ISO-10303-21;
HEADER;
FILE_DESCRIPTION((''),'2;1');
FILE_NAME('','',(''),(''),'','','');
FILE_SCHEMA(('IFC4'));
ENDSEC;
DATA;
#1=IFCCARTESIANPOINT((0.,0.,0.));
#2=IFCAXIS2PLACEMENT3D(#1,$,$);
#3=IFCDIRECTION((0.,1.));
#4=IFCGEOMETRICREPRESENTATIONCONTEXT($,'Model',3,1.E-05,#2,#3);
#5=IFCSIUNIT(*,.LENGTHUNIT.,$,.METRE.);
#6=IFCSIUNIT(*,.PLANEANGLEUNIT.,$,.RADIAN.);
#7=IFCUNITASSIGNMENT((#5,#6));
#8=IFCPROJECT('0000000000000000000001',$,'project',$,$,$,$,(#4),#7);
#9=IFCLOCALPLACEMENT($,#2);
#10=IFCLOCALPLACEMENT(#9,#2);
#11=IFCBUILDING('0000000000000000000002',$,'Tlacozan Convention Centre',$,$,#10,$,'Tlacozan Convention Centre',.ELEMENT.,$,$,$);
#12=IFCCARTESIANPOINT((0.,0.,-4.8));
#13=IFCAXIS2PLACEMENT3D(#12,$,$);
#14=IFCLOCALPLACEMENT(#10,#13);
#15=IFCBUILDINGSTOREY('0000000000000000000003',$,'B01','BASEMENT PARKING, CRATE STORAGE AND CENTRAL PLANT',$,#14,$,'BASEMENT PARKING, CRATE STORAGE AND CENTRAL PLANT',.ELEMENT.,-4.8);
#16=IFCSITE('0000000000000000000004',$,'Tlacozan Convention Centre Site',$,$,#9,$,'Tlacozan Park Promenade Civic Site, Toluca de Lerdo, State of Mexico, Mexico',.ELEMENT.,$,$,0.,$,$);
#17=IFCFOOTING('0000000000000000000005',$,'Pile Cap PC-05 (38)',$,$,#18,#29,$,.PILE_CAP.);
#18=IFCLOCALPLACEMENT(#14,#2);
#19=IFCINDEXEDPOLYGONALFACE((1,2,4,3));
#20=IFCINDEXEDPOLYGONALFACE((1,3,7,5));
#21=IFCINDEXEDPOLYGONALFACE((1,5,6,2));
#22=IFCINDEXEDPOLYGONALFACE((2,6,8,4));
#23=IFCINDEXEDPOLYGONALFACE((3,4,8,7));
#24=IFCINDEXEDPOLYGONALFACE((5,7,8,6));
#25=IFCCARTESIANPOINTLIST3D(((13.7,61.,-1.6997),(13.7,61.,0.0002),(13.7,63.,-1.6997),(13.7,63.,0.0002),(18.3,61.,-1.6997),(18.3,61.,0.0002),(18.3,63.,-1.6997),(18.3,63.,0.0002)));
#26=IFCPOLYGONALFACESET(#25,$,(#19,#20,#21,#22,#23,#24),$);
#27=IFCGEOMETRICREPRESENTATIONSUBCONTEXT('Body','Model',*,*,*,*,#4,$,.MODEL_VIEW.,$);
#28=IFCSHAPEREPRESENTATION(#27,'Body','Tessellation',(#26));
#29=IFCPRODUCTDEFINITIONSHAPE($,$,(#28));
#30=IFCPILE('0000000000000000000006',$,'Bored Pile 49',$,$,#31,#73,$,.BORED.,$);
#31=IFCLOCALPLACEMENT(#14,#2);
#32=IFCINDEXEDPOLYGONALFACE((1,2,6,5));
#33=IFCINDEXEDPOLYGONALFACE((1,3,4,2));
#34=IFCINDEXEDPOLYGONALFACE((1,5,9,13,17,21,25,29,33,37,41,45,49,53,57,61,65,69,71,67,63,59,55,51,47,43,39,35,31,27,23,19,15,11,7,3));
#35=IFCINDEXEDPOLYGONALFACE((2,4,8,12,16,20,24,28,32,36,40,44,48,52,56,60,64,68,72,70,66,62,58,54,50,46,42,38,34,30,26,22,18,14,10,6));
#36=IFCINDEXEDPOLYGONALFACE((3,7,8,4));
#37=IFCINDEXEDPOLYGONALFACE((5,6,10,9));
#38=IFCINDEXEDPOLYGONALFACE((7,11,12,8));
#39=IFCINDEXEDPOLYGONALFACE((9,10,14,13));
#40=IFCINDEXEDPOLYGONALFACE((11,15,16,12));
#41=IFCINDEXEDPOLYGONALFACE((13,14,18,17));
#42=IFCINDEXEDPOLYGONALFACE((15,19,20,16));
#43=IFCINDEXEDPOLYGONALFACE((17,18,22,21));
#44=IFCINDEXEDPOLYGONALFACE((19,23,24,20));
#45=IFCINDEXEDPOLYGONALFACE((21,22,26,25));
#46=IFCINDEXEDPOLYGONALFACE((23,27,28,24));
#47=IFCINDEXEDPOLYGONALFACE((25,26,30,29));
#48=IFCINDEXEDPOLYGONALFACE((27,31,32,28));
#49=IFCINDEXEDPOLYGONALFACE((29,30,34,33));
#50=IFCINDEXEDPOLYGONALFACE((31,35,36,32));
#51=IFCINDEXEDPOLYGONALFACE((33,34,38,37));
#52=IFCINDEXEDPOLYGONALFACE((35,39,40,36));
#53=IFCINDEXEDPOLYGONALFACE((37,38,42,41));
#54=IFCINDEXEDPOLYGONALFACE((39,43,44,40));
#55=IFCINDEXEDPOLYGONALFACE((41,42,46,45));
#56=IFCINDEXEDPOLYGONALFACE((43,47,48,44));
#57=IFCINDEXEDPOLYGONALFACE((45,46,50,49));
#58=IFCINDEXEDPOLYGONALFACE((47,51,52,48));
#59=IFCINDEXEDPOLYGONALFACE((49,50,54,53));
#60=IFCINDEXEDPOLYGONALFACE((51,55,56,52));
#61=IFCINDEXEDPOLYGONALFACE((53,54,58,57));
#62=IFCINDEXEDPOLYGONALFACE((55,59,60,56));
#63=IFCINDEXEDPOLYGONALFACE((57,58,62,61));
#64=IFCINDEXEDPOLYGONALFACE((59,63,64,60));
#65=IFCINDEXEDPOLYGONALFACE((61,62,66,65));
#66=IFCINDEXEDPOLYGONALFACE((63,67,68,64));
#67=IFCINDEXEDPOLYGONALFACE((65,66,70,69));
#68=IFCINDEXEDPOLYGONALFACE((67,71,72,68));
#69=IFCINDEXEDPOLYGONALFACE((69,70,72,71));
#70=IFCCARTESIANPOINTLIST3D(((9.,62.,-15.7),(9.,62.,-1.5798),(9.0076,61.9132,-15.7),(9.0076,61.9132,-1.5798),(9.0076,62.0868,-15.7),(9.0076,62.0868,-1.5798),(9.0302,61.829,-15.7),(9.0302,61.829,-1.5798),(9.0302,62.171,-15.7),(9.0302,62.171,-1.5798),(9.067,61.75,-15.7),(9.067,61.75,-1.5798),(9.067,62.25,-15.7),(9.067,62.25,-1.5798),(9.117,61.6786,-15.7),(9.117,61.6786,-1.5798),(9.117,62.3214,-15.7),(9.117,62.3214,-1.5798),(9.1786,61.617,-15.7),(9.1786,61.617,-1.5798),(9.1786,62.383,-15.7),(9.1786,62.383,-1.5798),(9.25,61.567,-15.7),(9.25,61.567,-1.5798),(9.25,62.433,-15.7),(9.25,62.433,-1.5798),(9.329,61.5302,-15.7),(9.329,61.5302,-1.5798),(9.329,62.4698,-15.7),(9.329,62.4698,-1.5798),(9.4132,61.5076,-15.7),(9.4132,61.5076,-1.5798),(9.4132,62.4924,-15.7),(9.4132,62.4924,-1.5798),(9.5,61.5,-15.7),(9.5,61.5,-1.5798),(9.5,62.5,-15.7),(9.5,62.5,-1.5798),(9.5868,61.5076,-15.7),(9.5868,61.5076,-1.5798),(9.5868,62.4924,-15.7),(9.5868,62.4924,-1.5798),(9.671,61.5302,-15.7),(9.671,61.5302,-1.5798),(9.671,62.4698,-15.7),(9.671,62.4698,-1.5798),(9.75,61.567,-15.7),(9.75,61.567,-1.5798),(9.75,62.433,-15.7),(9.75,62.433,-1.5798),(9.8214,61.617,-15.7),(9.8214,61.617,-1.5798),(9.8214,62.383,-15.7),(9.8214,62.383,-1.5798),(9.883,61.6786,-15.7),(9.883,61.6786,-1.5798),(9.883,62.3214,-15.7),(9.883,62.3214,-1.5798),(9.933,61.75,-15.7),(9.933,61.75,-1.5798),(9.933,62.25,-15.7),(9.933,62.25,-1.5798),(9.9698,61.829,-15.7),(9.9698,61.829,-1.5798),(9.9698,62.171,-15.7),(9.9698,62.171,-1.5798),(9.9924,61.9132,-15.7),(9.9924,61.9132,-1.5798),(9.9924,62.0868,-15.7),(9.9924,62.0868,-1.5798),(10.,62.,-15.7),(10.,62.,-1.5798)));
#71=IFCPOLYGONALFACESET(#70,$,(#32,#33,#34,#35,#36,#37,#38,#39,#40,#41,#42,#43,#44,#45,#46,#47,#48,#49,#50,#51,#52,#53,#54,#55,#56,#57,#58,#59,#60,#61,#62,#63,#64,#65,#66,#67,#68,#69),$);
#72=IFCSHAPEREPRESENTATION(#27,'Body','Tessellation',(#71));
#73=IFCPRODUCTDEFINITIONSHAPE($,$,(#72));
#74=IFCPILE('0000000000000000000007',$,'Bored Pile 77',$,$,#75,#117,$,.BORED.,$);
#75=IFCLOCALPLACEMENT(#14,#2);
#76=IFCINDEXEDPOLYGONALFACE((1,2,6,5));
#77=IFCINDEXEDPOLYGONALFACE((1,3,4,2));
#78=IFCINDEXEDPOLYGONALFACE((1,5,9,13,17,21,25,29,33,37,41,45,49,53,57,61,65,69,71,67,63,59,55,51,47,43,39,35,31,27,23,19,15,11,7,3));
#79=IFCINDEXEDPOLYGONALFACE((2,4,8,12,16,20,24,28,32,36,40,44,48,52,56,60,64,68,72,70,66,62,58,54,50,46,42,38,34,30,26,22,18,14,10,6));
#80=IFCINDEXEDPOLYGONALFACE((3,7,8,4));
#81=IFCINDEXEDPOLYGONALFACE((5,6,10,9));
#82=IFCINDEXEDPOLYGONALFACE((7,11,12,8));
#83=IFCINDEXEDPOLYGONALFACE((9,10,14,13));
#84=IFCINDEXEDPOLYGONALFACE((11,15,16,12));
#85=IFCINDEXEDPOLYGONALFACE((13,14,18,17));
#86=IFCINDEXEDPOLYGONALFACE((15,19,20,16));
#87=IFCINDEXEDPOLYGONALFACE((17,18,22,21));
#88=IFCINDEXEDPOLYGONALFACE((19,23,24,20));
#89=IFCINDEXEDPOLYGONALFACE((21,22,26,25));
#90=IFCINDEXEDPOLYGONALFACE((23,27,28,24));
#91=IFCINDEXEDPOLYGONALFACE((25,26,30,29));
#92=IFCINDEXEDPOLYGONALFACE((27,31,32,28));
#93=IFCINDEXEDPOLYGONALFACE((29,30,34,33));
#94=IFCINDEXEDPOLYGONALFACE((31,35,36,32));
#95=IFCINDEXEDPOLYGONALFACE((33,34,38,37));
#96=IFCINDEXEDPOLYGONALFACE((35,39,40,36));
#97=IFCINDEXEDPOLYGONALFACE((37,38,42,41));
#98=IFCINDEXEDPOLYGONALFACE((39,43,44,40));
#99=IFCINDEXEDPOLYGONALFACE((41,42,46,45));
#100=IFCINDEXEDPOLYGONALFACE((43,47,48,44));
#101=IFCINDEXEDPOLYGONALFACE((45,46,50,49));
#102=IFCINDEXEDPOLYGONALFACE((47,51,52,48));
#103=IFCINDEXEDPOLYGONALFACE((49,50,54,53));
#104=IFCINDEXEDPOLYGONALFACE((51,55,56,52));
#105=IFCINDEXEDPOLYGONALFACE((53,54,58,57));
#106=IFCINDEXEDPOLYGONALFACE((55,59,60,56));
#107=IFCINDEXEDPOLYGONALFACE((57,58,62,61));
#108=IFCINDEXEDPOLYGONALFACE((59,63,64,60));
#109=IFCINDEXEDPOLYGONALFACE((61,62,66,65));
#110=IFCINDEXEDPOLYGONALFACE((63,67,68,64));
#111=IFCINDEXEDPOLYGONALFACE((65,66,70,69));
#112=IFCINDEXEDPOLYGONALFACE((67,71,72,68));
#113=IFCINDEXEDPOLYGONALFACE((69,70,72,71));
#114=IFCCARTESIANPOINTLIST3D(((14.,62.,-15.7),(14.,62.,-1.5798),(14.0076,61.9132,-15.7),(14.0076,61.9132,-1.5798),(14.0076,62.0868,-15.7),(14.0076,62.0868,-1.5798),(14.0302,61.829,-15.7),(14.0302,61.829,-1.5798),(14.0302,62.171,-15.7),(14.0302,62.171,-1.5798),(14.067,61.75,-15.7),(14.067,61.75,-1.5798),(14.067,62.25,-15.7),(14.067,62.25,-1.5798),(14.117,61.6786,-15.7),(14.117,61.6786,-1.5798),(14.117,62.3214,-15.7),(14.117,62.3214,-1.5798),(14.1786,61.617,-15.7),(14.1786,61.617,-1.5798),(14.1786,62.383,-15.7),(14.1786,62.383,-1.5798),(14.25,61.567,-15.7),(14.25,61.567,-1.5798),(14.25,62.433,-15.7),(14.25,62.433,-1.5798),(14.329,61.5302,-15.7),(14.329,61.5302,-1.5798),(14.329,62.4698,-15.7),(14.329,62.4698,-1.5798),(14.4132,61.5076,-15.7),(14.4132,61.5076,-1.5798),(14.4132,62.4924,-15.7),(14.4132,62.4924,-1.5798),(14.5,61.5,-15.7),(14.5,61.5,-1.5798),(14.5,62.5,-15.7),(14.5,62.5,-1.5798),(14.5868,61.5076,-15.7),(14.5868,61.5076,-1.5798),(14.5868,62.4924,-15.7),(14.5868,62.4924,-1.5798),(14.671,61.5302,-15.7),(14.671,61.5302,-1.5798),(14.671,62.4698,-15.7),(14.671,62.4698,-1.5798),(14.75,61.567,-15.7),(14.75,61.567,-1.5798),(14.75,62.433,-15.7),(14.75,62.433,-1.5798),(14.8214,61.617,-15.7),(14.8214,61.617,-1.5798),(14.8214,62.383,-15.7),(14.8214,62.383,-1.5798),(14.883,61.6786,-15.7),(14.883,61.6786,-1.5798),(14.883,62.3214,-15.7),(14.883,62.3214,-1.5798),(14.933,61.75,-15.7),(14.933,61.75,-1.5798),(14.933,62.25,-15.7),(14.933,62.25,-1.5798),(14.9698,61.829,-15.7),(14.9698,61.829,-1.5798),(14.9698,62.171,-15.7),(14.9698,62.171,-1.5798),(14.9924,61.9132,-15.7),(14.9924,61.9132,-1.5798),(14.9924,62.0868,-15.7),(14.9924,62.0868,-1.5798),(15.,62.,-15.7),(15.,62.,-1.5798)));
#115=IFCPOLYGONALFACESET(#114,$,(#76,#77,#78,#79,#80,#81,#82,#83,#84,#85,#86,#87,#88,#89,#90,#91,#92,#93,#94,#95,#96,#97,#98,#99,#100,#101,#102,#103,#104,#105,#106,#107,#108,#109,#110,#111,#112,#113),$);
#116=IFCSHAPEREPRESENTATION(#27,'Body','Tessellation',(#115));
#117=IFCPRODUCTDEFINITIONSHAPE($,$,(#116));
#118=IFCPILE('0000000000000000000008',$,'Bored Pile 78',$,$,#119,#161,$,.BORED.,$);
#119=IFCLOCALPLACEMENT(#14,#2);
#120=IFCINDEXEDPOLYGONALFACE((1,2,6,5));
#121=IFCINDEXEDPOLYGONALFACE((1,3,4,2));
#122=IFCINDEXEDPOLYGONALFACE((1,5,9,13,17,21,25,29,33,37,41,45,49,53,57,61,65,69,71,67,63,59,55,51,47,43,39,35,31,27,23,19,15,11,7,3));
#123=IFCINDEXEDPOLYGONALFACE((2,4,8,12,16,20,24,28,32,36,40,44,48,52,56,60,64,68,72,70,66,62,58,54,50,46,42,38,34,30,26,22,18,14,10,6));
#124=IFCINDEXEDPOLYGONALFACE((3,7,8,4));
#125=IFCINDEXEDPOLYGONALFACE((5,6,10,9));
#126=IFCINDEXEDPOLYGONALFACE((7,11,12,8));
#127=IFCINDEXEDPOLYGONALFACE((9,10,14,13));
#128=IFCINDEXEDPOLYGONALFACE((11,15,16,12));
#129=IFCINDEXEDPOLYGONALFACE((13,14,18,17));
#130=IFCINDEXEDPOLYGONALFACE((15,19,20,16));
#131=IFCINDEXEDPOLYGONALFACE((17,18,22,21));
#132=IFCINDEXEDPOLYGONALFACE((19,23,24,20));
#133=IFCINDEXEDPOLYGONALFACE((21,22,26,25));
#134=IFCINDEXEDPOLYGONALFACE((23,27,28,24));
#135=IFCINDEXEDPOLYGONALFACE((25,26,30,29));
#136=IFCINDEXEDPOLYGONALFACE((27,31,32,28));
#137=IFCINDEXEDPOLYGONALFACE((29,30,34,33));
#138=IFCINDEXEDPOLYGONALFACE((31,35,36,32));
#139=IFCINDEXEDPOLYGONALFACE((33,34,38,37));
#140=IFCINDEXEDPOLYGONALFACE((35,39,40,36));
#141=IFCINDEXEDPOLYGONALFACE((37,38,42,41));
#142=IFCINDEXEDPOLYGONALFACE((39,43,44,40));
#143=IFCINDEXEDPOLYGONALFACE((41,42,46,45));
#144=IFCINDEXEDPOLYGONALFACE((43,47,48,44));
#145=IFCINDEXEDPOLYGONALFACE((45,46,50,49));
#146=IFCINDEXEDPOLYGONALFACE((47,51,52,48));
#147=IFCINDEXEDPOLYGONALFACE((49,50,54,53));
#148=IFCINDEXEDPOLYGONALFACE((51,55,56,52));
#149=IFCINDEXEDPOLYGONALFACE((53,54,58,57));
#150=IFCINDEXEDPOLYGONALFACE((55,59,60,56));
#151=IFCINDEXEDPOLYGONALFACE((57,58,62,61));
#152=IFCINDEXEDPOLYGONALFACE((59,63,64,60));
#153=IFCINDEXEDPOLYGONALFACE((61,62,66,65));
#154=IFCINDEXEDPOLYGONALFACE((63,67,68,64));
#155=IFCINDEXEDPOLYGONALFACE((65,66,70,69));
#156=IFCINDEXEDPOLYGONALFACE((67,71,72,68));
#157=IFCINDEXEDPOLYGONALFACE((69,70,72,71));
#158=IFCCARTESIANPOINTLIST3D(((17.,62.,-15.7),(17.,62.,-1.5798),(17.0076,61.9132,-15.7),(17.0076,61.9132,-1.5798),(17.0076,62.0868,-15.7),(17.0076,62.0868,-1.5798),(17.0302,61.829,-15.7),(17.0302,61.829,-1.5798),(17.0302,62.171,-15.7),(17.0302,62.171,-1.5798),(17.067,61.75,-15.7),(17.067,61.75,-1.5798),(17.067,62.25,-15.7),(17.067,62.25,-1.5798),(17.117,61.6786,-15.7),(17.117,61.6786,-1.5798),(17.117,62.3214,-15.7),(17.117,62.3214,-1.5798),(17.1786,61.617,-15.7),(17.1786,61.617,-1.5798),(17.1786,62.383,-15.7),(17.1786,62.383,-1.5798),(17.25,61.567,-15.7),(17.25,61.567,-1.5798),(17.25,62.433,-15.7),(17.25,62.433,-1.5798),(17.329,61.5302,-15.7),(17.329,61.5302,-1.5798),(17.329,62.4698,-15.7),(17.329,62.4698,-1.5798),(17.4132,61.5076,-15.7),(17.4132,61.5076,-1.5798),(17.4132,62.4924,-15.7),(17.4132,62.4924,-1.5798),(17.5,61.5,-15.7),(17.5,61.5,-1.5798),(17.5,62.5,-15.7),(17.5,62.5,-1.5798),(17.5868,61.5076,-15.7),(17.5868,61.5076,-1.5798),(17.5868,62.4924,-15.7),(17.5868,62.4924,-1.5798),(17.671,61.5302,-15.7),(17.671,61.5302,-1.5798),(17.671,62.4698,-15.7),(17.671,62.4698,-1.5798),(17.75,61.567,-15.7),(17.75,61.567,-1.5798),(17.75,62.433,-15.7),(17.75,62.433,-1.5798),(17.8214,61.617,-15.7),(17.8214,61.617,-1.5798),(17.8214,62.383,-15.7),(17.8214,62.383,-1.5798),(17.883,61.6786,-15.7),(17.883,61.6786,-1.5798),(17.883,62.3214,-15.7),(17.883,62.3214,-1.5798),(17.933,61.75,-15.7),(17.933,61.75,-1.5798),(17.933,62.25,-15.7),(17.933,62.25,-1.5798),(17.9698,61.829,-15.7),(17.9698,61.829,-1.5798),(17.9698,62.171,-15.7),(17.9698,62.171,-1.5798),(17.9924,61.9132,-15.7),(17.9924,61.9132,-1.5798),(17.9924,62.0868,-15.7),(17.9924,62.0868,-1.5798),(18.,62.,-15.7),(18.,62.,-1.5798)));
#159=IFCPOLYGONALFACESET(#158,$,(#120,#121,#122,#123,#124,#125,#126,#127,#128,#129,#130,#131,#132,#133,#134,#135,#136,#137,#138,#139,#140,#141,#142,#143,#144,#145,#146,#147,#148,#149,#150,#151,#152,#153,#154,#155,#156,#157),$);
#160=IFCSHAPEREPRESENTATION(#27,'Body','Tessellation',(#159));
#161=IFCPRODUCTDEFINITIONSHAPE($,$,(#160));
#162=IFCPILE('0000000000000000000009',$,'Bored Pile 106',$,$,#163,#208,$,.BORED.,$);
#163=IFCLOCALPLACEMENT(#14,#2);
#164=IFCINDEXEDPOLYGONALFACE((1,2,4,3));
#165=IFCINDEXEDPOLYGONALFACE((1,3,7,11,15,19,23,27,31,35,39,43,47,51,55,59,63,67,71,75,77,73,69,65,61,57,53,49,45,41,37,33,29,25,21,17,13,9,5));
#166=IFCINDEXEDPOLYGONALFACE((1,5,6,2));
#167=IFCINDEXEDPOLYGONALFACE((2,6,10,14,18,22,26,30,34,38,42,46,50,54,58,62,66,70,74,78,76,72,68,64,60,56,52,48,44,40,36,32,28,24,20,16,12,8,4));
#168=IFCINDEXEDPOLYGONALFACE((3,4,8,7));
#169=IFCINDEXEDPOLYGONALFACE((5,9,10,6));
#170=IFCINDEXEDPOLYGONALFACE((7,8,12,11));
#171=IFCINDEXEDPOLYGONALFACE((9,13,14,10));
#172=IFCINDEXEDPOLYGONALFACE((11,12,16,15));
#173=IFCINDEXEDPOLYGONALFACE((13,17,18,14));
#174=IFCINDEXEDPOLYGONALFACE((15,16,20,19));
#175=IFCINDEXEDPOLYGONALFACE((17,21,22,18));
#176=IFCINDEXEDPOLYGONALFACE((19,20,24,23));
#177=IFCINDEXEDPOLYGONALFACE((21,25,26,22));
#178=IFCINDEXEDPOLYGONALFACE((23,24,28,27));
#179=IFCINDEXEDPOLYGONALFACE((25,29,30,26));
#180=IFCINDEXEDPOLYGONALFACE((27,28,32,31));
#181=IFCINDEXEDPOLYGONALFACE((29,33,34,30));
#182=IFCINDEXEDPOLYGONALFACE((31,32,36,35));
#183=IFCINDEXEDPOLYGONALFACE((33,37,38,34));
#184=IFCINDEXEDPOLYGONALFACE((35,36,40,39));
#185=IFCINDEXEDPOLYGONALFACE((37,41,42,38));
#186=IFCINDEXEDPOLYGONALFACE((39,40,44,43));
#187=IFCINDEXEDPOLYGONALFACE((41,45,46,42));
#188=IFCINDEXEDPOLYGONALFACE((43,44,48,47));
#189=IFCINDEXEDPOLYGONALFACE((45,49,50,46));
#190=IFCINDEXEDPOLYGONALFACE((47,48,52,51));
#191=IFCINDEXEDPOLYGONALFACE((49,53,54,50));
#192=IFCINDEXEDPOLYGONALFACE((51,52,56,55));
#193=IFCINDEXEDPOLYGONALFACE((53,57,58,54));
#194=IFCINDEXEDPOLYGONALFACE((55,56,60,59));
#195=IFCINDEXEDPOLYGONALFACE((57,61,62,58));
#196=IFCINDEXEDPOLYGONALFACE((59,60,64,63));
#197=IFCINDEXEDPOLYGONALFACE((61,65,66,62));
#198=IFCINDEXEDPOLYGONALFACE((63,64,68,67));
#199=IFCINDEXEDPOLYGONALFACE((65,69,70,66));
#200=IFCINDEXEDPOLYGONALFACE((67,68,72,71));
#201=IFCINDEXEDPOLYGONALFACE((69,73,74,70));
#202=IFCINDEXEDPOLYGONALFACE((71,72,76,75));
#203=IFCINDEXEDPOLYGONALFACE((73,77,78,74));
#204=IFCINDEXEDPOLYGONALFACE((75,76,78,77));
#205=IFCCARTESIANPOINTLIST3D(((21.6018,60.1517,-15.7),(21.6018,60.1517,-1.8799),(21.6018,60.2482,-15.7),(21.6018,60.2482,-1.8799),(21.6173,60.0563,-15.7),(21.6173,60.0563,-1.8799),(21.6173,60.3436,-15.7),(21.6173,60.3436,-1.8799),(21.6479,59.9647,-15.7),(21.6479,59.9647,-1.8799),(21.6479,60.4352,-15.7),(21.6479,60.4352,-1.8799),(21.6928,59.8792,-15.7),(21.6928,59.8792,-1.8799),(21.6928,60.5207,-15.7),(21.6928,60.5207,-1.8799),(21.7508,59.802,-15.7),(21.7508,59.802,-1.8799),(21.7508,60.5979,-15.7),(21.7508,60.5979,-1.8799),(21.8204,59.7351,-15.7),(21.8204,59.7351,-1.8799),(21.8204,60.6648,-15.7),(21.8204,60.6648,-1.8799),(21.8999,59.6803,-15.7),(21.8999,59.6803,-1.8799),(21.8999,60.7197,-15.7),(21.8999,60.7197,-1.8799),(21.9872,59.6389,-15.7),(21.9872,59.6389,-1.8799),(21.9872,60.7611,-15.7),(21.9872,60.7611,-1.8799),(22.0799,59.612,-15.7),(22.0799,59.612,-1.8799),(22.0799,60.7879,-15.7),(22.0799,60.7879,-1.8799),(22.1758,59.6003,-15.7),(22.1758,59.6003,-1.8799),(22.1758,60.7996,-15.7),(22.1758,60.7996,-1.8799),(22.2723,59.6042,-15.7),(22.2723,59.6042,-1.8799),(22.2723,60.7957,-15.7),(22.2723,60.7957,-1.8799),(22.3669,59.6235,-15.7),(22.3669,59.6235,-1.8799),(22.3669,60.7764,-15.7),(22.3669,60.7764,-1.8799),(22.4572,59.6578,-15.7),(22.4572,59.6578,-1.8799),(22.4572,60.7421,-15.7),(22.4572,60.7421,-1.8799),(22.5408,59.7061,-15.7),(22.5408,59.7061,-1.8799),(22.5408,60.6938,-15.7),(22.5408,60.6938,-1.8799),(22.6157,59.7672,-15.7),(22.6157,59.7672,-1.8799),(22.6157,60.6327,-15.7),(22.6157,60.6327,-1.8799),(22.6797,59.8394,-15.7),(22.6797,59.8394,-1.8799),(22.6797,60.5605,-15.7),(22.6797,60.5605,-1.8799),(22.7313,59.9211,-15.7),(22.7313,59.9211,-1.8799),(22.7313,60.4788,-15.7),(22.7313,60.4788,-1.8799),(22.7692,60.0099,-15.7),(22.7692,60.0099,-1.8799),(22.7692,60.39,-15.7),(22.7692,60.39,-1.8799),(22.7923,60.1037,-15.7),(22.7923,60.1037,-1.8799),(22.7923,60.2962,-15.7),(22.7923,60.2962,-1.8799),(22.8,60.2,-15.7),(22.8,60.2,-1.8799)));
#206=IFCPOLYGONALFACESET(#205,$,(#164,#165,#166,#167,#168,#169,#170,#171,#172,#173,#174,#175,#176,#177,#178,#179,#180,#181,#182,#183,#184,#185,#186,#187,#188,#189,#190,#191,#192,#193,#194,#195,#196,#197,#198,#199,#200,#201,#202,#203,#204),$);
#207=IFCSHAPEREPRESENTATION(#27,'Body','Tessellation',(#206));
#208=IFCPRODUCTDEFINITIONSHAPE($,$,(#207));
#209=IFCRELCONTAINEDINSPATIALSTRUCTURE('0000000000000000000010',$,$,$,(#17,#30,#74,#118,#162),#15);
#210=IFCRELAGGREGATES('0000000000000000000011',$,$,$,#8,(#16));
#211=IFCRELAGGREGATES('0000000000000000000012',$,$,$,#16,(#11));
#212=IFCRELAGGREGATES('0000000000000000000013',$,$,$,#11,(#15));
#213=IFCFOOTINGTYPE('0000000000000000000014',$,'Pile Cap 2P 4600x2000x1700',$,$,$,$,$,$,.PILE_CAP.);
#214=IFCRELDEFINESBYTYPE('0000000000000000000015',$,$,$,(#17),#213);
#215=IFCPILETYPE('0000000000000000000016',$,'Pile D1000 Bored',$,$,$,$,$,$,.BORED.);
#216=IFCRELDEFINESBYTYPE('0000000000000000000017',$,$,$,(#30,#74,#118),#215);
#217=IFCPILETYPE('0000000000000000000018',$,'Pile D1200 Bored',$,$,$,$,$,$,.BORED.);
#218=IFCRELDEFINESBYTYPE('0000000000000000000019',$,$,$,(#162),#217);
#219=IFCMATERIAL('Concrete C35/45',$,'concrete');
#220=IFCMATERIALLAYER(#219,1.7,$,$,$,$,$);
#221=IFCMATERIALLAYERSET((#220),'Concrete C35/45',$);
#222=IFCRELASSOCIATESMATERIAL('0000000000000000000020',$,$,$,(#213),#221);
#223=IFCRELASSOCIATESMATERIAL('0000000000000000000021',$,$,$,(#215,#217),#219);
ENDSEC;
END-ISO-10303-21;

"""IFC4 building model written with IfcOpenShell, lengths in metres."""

from ifc_helpers import new_model, si_unit, direction, frame, origin, origin_2d, place, context, subcontext, project, spatial, rectangle, circle, extrude, material, layer, layer_set, material_profile, profile_set, type_object, element, save


model = new_model("IFC4")

# Units and contexts
model_context = context("Model", 3, precision=1e-05, world=origin(), true_north=direction((0.0, 1.0)))
body_context = subcontext(model_context, "Body", "Model", "MODEL_VIEW")
ifc_project = project(units=[si_unit("LENGTHUNIT", "METRE"), si_unit("PLANEANGLEUNIT", "RADIAN")], contexts=[model_context])

# Site, building, storey
site_placement = place(None, origin())
site = spatial("IfcSite", under=ifc_project, at=site_placement, Name="Tlacozan Convention Centre Site", LongName="Tlacozan Park Promenade Civic Site, Toluca de Lerdo, State of Mexico, Mexico", CompositionType="ELEMENT", RefElevation=0.0)
building_placement = place(site_placement, origin())
building = spatial("IfcBuilding", under=site, at=building_placement, Name="Tlacozan Convention Centre", LongName="Tlacozan Convention Centre", CompositionType="ELEMENT")
storey_placement = place(building_placement, frame((0.0, 0.0, -4.8)))
storey = spatial("IfcBuildingStorey", under=building, at=storey_placement, Name="B01", Description="BASEMENT PARKING, CRATE STORAGE AND CENTRAL PLANT", LongName="BASEMENT PARKING, CRATE STORAGE AND CENTRAL PLANT", CompositionType="ELEMENT", Elevation=-4.8)

# Footing
ifc_material_1 = material(Name="Concrete C35/45", Category="concrete")
ifc_layer_1 = layer(ifc_material_1, 1.7)
ifc_layer_set_1 = layer_set([ifc_layer_1], Name="Concrete C35/45")
footing_type = type_object("IfcFootingType", Name="Pile Cap 2P 4600x2000x1700", PredefinedType="PILE_CAP", material=ifc_layer_set_1)
footing_placement = place(storey_placement, frame((16.0, 62.0, -1.6997), z_axis=(0.0, 0.0, 1.0), x_axis=(1.0, 0.0, 0.0)))
element("IfcFooting", 1, at=footing_placement, inside=storey, type_object=footing_type, Name="Pile Cap PC-05 (38)", PredefinedType="PILE_CAP", context=body_context, shape_type="SweptSolid", body=[
    extrude(rectangle(XDim=4.6001, YDim=2.0, at=origin_2d()), origin(), (0.0, 0.0, 1.0), 1.7),
])

# Piles
ifc_material_profile_1 = material_profile(ifc_material_1, circle(Radius=0.5, at=origin_2d()), Name="PILE D1000")
ifc_profile_set_1 = profile_set([ifc_material_profile_1], Name="Concrete C35/45")
pile_type_1 = type_object("IfcPileType", Name="Pile D1000 Bored", PredefinedType="BORED", material=ifc_profile_set_1)
for number, where, z_axis, x_axis, name in (
    (2, (9.5, 62.0, -1.5798), (0.0, 0.0, -1.0), (1.0, 0.0, 0.0), "Bored Pile 49"),
    (3, (14.5, 62.0, -1.5798), (0.0, 0.0, -1.0), (1.0, 0.0, 0.0), "Bored Pile 77"),
    (4, (17.5, 62.0, -1.5798), (0.0, 0.0, -1.0), (1.0, 0.0, 0.0), "Bored Pile 78"),
):
    element("IfcPile", number, at=place(storey_placement, frame(where, z_axis=z_axis, x_axis=x_axis)), inside=storey, type_object=pile_type_1, Name=name, PredefinedType="BORED", context=body_context, shape_type="SweptSolid", body=[
        extrude(circle(Radius=0.5, at=origin_2d()), origin(), (0.0, 0.0, 1.0), 14.1201),
    ])
ifc_material_profile_2 = material_profile(ifc_material_1, circle(Radius=0.6001, at=origin_2d()), Name="PILE D1200")
ifc_profile_set_2 = profile_set([ifc_material_profile_2], Name="Concrete C35/45")
pile_type_2 = type_object("IfcPileType", Name="Pile D1200 Bored", PredefinedType="BORED", material=ifc_profile_set_2)
for number, where, z_axis, x_axis, name in (
    (5, (22.2, 60.2, -1.8799), (0.0, 0.0, -1.0), (1.0, 0.0, 0.0), "Bored Pile 106"),
):
    element("IfcPile", number, at=place(storey_placement, frame(where, z_axis=z_axis, x_axis=x_axis)), inside=storey, type_object=pile_type_2, Name=name, PredefinedType="BORED", context=body_context, shape_type="SweptSolid", body=[
        extrude(circle(Radius=0.6001, at=origin_2d()), origin(), (0.0, 0.0, 1.0), 13.8201),
    ])

save(model, "model.ifc")
